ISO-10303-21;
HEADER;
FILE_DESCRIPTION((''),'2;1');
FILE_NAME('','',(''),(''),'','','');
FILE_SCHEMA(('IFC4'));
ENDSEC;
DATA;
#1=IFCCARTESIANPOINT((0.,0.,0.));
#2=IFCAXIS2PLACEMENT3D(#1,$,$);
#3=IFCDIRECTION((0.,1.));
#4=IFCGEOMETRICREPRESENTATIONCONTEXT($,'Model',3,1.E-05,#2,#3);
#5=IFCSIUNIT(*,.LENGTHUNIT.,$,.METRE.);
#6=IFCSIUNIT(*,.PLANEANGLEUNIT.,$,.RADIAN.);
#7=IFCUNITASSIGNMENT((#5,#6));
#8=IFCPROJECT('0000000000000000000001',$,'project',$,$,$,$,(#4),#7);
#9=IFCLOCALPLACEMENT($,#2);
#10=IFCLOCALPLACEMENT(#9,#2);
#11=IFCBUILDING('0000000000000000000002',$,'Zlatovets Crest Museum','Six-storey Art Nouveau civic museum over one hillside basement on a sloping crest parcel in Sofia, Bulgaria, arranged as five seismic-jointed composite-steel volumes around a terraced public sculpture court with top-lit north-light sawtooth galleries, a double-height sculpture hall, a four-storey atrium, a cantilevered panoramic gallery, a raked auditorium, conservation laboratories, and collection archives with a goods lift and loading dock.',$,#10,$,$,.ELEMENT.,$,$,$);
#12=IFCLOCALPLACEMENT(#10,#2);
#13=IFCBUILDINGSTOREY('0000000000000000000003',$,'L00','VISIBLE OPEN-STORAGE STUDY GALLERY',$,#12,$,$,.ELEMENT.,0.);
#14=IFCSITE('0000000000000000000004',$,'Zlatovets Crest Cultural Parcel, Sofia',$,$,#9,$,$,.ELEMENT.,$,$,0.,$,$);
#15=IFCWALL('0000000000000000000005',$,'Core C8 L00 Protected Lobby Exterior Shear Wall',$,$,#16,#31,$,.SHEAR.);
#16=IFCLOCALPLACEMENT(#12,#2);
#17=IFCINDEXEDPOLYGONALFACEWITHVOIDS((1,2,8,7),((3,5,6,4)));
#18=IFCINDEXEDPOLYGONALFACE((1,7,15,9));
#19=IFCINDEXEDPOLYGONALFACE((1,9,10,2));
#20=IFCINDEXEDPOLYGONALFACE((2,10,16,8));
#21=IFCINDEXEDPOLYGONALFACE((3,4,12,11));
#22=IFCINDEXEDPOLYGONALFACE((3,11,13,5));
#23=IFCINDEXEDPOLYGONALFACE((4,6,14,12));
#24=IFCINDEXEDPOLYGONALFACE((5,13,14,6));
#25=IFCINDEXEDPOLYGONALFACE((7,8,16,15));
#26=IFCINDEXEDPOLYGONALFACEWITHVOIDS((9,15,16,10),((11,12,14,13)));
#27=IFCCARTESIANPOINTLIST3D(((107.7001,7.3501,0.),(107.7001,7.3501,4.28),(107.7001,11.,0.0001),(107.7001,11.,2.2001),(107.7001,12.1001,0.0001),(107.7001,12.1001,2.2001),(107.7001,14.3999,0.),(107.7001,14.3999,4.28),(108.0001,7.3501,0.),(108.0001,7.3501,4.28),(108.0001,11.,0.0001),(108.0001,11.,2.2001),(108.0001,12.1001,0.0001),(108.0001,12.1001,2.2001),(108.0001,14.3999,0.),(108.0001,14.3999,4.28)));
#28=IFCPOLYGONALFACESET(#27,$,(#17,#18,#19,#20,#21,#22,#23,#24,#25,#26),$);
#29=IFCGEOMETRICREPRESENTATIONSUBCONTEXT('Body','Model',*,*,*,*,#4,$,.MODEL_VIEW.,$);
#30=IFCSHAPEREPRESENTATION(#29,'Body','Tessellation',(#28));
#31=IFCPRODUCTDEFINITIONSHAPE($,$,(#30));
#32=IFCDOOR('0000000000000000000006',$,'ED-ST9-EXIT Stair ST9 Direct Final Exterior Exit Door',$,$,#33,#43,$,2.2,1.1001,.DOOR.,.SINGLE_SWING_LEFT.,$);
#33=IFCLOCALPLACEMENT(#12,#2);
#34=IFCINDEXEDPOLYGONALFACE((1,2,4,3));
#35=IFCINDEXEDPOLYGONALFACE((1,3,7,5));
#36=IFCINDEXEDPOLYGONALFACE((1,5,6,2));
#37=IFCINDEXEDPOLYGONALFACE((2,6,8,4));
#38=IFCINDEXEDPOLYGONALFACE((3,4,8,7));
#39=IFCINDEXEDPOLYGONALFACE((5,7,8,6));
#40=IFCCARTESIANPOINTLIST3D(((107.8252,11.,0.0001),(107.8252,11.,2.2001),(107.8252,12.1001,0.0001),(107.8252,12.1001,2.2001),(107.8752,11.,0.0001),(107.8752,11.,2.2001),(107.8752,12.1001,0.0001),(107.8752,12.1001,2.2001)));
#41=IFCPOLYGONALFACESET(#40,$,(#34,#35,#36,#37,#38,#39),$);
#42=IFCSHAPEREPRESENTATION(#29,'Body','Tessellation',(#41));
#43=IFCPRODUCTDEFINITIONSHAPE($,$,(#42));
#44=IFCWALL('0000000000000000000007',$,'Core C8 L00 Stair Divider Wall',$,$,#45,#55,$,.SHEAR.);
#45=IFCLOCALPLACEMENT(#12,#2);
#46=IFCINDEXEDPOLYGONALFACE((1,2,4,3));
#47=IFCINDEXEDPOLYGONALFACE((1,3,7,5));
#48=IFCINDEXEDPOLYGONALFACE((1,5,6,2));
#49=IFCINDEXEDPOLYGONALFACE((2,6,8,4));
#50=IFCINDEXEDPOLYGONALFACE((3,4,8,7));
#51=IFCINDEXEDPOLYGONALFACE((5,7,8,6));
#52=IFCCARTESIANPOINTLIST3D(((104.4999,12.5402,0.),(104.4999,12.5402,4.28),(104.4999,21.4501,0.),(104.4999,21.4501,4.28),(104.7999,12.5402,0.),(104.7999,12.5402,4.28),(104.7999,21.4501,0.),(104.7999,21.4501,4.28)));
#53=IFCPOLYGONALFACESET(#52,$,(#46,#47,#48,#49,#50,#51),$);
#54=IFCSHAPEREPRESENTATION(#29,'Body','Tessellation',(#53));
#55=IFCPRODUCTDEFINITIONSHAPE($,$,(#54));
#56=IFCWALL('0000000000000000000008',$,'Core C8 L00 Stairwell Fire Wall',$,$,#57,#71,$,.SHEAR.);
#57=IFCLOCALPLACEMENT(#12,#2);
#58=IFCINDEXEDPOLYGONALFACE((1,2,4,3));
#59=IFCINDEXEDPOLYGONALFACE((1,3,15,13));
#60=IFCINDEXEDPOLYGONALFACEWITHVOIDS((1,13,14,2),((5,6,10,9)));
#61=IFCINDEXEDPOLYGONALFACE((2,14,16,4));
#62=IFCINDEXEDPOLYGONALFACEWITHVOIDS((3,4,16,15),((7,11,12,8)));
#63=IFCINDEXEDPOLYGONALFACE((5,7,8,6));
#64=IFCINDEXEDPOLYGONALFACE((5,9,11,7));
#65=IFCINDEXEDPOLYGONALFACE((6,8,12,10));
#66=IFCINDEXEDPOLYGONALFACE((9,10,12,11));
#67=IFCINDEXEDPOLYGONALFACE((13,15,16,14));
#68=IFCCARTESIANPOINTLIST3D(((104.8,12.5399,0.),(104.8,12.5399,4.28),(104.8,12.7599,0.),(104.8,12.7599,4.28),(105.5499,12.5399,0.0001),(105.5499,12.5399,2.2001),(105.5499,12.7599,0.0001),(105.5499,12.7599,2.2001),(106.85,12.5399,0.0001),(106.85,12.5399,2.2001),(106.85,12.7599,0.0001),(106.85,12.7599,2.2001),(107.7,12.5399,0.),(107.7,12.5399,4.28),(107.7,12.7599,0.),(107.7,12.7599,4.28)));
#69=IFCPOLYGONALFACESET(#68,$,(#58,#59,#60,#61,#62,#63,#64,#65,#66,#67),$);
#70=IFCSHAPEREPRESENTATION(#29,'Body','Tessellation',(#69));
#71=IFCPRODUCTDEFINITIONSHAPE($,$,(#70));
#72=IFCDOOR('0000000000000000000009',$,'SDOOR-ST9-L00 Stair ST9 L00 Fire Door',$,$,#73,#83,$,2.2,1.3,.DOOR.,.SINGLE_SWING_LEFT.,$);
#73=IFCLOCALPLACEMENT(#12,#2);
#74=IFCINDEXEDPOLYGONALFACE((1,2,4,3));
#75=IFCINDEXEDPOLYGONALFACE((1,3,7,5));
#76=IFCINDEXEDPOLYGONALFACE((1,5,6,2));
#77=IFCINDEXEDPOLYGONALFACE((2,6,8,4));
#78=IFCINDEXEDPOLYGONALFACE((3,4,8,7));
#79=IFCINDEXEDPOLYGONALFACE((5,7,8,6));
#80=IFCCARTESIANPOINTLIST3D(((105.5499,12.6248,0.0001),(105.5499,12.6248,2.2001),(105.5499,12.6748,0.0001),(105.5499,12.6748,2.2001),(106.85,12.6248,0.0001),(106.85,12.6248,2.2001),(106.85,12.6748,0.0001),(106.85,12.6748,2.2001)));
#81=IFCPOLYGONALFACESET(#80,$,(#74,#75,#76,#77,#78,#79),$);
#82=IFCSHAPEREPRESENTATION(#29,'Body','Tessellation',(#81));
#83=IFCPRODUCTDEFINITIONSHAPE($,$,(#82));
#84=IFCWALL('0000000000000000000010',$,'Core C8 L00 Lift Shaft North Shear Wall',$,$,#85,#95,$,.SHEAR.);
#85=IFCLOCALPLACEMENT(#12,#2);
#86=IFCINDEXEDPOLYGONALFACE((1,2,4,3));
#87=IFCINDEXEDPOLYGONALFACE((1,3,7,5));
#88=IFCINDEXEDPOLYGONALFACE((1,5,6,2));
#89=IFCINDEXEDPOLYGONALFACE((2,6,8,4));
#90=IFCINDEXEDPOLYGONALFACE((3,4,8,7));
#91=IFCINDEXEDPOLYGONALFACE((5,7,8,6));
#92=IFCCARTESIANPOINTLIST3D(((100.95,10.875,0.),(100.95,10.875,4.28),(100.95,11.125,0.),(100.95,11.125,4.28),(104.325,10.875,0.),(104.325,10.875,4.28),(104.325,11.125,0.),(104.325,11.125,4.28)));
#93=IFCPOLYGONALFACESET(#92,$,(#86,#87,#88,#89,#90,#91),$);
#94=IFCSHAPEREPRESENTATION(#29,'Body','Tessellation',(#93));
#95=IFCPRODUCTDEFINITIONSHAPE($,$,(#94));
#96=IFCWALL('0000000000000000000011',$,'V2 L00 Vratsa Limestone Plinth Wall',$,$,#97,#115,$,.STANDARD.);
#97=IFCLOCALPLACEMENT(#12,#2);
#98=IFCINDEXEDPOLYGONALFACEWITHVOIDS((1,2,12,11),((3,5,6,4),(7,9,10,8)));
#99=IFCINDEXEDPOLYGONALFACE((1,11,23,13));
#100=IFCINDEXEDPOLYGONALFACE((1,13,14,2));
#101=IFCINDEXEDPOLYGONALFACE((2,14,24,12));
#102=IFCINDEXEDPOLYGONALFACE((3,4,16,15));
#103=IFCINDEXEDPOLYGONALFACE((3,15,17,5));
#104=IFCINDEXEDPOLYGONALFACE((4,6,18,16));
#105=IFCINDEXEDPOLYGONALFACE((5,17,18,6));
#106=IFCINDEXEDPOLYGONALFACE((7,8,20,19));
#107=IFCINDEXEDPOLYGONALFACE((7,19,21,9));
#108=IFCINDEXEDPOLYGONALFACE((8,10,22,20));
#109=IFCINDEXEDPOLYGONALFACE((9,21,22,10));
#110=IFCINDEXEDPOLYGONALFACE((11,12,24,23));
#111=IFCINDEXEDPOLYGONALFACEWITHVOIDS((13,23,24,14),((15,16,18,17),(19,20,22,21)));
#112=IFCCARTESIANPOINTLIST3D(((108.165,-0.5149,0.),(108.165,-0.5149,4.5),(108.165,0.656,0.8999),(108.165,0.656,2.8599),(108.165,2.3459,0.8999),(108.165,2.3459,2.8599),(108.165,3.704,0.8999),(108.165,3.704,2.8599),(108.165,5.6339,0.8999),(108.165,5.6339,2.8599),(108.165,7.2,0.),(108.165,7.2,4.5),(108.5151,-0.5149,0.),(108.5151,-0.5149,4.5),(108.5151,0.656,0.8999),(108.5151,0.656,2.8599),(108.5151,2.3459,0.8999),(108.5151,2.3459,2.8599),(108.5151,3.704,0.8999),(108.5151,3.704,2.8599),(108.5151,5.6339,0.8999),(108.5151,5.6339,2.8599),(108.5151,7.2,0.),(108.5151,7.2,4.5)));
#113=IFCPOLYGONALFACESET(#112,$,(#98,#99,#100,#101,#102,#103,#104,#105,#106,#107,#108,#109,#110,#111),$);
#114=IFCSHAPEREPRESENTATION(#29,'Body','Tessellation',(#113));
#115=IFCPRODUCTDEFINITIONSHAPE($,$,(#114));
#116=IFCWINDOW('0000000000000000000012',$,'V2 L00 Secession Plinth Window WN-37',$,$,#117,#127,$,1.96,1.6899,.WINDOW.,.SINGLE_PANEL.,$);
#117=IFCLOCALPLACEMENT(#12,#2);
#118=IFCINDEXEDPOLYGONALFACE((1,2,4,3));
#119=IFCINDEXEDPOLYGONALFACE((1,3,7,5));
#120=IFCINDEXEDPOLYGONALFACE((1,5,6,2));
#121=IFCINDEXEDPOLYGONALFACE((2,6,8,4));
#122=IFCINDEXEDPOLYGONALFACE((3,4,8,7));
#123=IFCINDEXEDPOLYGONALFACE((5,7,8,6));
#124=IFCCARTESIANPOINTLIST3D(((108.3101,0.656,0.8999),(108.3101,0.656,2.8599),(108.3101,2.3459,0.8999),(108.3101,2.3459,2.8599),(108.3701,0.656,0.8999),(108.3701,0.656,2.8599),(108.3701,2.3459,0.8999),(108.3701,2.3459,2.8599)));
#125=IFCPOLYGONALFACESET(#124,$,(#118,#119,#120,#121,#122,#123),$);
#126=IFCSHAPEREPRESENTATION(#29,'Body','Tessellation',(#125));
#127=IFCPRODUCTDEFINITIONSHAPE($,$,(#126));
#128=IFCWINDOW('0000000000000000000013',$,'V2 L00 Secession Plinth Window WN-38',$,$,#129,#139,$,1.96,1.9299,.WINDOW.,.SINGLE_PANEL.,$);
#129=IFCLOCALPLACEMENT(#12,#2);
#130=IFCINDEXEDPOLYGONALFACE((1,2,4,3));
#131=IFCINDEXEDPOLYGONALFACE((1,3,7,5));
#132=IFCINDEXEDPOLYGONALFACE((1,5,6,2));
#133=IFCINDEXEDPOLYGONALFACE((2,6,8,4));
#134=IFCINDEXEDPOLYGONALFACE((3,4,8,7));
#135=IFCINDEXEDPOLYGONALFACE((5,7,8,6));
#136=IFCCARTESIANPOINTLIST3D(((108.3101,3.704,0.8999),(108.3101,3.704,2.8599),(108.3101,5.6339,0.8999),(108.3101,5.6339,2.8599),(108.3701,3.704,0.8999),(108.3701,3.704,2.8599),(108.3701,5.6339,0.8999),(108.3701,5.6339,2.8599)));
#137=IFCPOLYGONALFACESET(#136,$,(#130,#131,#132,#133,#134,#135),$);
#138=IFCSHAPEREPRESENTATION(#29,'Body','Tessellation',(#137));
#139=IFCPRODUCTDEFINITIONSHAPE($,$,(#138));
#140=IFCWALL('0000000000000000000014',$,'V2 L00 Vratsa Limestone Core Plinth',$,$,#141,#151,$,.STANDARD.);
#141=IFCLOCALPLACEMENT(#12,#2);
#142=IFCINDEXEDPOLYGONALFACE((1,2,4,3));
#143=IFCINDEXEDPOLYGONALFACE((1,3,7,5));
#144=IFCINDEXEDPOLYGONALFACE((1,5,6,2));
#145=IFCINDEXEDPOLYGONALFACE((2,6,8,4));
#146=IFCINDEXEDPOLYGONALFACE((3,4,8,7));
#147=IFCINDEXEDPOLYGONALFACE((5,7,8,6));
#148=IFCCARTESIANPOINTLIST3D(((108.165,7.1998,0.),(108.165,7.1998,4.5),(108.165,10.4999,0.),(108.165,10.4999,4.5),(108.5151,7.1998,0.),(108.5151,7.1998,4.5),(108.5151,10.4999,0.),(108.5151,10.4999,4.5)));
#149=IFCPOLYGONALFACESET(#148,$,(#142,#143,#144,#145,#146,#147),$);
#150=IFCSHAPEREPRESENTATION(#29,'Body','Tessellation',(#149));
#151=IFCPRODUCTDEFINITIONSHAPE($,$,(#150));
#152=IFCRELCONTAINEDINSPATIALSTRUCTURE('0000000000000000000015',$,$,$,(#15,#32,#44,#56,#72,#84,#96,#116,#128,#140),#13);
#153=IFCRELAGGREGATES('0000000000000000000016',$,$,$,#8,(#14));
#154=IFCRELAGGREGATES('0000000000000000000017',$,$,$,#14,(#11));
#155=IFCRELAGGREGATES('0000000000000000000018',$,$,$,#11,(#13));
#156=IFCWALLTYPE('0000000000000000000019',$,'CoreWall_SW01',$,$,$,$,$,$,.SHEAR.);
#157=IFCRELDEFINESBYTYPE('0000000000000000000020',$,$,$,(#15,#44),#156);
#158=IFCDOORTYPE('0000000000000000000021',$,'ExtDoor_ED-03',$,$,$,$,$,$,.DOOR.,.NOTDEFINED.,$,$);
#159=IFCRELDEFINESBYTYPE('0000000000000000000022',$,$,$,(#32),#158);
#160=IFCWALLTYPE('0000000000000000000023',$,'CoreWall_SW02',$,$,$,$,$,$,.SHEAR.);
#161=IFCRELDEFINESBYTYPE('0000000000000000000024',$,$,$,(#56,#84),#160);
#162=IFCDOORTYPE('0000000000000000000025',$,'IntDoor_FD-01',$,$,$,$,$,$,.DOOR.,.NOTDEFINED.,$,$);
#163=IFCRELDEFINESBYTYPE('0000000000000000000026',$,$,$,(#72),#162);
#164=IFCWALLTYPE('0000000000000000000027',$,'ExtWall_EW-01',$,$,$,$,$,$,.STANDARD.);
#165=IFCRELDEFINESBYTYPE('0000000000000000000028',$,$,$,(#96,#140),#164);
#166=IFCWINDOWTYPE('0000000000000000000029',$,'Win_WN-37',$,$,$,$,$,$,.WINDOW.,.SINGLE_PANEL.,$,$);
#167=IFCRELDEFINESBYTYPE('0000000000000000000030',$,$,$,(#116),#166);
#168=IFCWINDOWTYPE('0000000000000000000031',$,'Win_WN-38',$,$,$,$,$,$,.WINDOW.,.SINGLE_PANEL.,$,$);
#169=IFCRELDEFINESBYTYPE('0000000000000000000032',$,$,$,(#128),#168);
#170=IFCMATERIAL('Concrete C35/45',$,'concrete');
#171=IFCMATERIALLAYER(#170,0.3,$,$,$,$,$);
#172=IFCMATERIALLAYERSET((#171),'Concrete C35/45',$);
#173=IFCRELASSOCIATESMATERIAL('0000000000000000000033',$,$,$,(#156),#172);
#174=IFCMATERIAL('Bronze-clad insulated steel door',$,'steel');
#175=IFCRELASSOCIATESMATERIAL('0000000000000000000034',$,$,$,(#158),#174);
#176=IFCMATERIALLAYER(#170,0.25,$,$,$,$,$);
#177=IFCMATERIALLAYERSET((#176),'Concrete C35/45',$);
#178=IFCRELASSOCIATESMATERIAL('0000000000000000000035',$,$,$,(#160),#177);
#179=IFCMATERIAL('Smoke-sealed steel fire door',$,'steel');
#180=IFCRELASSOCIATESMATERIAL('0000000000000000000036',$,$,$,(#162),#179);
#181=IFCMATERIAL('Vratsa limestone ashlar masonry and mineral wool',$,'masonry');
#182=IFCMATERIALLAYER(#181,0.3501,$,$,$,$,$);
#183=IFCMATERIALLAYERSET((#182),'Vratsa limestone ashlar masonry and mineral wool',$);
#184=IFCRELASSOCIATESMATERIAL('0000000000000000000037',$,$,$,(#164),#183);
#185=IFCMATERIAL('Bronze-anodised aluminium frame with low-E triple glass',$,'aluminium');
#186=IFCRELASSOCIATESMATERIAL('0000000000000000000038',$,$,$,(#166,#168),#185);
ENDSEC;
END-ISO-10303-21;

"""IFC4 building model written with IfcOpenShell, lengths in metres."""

from ifc_helpers import new_model, si_unit, direction, frame, frame_2d, origin, place, context, subcontext, project, spatial, rectangle, extrude, material, layer, layer_set, type_object, element, fill, save


model = new_model("IFC4")

# Units and contexts
model_context = context("Model", 3, precision=1e-05, world=origin(), true_north=direction((0.0, 1.0)))
body_context = subcontext(model_context, "Body", "Model", "MODEL_VIEW")
ifc_project = project(units=[si_unit("LENGTHUNIT", "METRE"), si_unit("PLANEANGLEUNIT", "RADIAN")], contexts=[model_context])

# Site, building, storey
site_placement = place(None, origin())
site = spatial("IfcSite", under=ifc_project, at=site_placement, Name="Zlatovets Crest Cultural Parcel, Sofia", CompositionType="ELEMENT", RefElevation=0.0)
building_placement = place(site_placement, origin())
building = spatial("IfcBuilding", under=site, at=building_placement, Name="Zlatovets Crest Museum", Description="Six-storey Art Nouveau civic museum over one hillside basement on a sloping crest parcel in Sofia, Bulgaria, arranged as five seismic-jointed composite-steel volumes around a terraced public sculpture court with top-lit north-light sawtooth galleries, a double-height sculpture hall, a four-storey atrium, a cantilevered panoramic gallery, a raked auditorium, conservation laboratories, and collection archives with a goods lift and loading dock.", CompositionType="ELEMENT")
storey_placement = place(building_placement, origin())
storey = spatial("IfcBuildingStorey", under=building, at=storey_placement, Name="L00", Description="VISIBLE OPEN-STORAGE STUDY GALLERY", CompositionType="ELEMENT", Elevation=0.0)

# Wall, opening, door
ifc_material_1 = material(Name="Concrete C35/45", Category="concrete")
ifc_layer_1 = layer(ifc_material_1, 0.3)
ifc_layer_set_1 = layer_set([ifc_layer_1], Name="Concrete C35/45")
wall_type_1 = type_object("IfcWallType", Name="CoreWall_SW01", PredefinedType="SHEAR", material=ifc_layer_set_1)
wall_1_placement = place(storey_placement, frame((107.8501, 7.3501, 0.0), z_axis=(0.0, 0.0, 1.0), x_axis=(0.0, 1.0, 0.0)))
wall_1 = element("IfcWall", 1, at=wall_1_placement, inside=storey, type_object=wall_type_1, Name="Core C8 L00 Protected Lobby Exterior Shear Wall", PredefinedType="SHEAR", context=body_context, shape_type="SweptSolid", body=[
    extrude(rectangle(XDim=7.0498, YDim=0.3, at=frame_2d((3.5249, 0.0))), origin(), (0.0, 0.0, 1.0), 4.28),
])
opening_1_placement = place(wall_1_placement, frame((3.6499, 0.0, 0.0)))
opening_1 = element("IfcOpeningElement", 2, at=opening_1_placement, cuts=wall_1, PredefinedType="OPENING", context=body_context, shape_type="SweptSolid", body=[
    extrude(rectangle(XDim=1.1001, YDim=2.2, at=frame_2d((0.55, 1.1001))), frame((0.0, 0.1602, 0.0), z_axis=(0.0, -1.0, 0.0), x_axis=(1.0, 0.0, 0.0)), (0.0, 0.0, 1.0), 0.3201),
])
ifc_material_2 = material(Name="Bronze-clad insulated steel door", Category="steel")
door_type_1 = type_object("IfcDoorType", Name="ExtDoor_ED-03", OperationType="NOTDEFINED", PredefinedType="DOOR", material=ifc_material_2)
door_1_placement = place(opening_1_placement, origin())
door_1 = element("IfcDoor", 3, at=door_1_placement, inside=storey, type_object=door_type_1, Name="ED-ST9-EXIT Stair ST9 Direct Final Exterior Exit Door", OperationType="SINGLE_SWING_LEFT", OverallHeight=2.2, OverallWidth=1.1001, PredefinedType="DOOR", context=body_context, shape_type="SweptSolid", body=[
    extrude(rectangle(XDim=1.1001, YDim=2.2, at=frame_2d((0.55, 1.1001))), frame((0.0, 0.0249, 0.0), z_axis=(0.0, -1.0, 0.0), x_axis=(1.0, 0.0, 0.0)), (0.0, 0.0, 1.0), 0.05),
])
fill(opening_1, door_1)

# Wall
wall_2_placement = place(storey_placement, frame((104.6499, 12.54, 0.0), z_axis=(0.0, 0.0, 1.0), x_axis=(0.0, 1.0, 0.0)))
element("IfcWall", 4, at=wall_2_placement, inside=storey, type_object=wall_type_1, Name="Core C8 L00 Stair Divider Wall", PredefinedType="SHEAR", context=body_context, shape_type="SweptSolid", body=[
    extrude(rectangle(XDim=8.9099, YDim=0.3, at=frame_2d((4.4551, 0.0))), origin(), (0.0, 0.0, 1.0), 4.28),
])

# Wall, opening, door
ifc_layer_2 = layer(ifc_material_1, 0.25)
ifc_layer_set_2 = layer_set([ifc_layer_2], Name="Concrete C35/45")
wall_type_2 = type_object("IfcWallType", Name="CoreWall_SW02", PredefinedType="SHEAR", material=ifc_layer_set_2)
wall_3_placement = place(storey_placement, frame((104.8, 12.6499, 0.0), z_axis=(0.0, 0.0, 1.0), x_axis=(1.0, 0.0, 0.0)))
wall_3 = element("IfcWall", 5, at=wall_3_placement, inside=storey, type_object=wall_type_2, Name="Core C8 L00 Stairwell Fire Wall", PredefinedType="SHEAR", context=body_context, shape_type="SweptSolid", body=[
    extrude(rectangle(XDim=2.8999, YDim=0.22, at=frame_2d((1.45, 0.0))), origin(), (0.0, 0.0, 1.0), 4.28),
])
opening_2_placement = place(wall_3_placement, frame((0.75, 0.0, 0.0)))
opening_2 = element("IfcOpeningElement", 6, at=opening_2_placement, cuts=wall_3, PredefinedType="OPENING", context=body_context, shape_type="SweptSolid", body=[
    extrude(rectangle(XDim=1.3, YDim=2.2, at=frame_2d((0.6499, 1.1001))), frame((0.0, 0.1201, 0.0), z_axis=(0.0, -1.0, 0.0), x_axis=(1.0, 0.0, 0.0)), (0.0, 0.0, 1.0), 0.24),
])
ifc_material_3 = material(Name="Smoke-sealed steel fire door", Category="steel")
door_type_2 = type_object("IfcDoorType", Name="IntDoor_FD-01", OperationType="NOTDEFINED", PredefinedType="DOOR", material=ifc_material_3)
door_2_placement = place(opening_2_placement, origin())
door_2 = element("IfcDoor", 7, at=door_2_placement, inside=storey, type_object=door_type_2, Name="SDOOR-ST9-L00 Stair ST9 L00 Fire Door", OperationType="SINGLE_SWING_LEFT", OverallHeight=2.2, OverallWidth=1.3, PredefinedType="DOOR", context=body_context, shape_type="SweptSolid", body=[
    extrude(rectangle(XDim=1.3, YDim=2.2, at=frame_2d((0.6499, 1.1001))), frame((0.0, 0.0249, 0.0), z_axis=(0.0, -1.0, 0.0), x_axis=(1.0, 0.0, 0.0)), (0.0, 0.0, 1.0), 0.05),
])
fill(opening_2, door_2)

# Wall
wall_4_placement = place(storey_placement, frame((100.95, 11.0, 0.0), z_axis=(0.0, 0.0, 1.0), x_axis=(1.0, 0.0, 0.0)))
element("IfcWall", 8, at=wall_4_placement, inside=storey, type_object=wall_type_2, Name="Core C8 L00 Lift Shaft North Shear Wall", PredefinedType="SHEAR", context=body_context, shape_type="SweptSolid", body=[
    extrude(rectangle(XDim=3.375, YDim=0.25, at=frame_2d((1.6875, 0.0))), origin(), (0.0, 0.0, 1.0), 4.28),
])

# Wall, openings, windows
ifc_material_4 = material(Name="Vratsa limestone ashlar masonry and mineral wool", Category="masonry")
ifc_layer_3 = layer(ifc_material_4, 0.3501)
ifc_layer_set_3 = layer_set([ifc_layer_3], Name="Vratsa limestone ashlar masonry and mineral wool")
wall_type_3 = type_object("IfcWallType", Name="ExtWall_EW-01", PredefinedType="STANDARD", material=ifc_layer_set_3)
wall_5_placement = place(storey_placement, frame((108.3401, -0.5149, 0.0), z_axis=(0.0, 0.0, 1.0), x_axis=(0.0, 1.0, 0.0)))
wall_5 = element("IfcWall", 9, at=wall_5_placement, inside=storey, type_object=wall_type_3, Name="V2 L00 Vratsa Limestone Plinth Wall", PredefinedType="STANDARD", context=body_context, shape_type="SweptSolid", body=[
    extrude(rectangle(XDim=7.7148, YDim=0.3501, at=frame_2d((3.8574, 0.0))), origin(), (0.0, 0.0, 1.0), 4.5),
])
opening_3_placement = place(wall_5_placement, frame((1.1709, 0.0, 0.8999)))
opening_3 = element("IfcOpeningElement", 10, at=opening_3_placement, cuts=wall_5, PredefinedType="OPENING", context=body_context, shape_type="SweptSolid", body=[
    extrude(rectangle(XDim=1.6899, YDim=1.96, at=frame_2d((0.845, 0.98))), frame((0.0, 0.1851, 0.0), z_axis=(0.0, -1.0, 0.0), x_axis=(1.0, 0.0, 0.0)), (0.0, 0.0, 1.0), 0.3701),
])
opening_4_placement = place(wall_5_placement, frame((4.219, 0.0, 0.8999)))
opening_4 = element("IfcOpeningElement", 11, at=opening_4_placement, cuts=wall_5, PredefinedType="OPENING", context=body_context, shape_type="SweptSolid", body=[
    extrude(rectangle(XDim=1.9299, YDim=1.96, at=frame_2d((0.9648, 0.98))), frame((0.0, 0.1851, 0.0), z_axis=(0.0, -1.0, 0.0), x_axis=(1.0, 0.0, 0.0)), (0.0, 0.0, 1.0), 0.3701),
])
ifc_material_5 = material(Name="Bronze-anodised aluminium frame with low-E triple glass", Category="aluminium")
window_type_1 = type_object("IfcWindowType", Name="Win_WN-37", PartitioningType="SINGLE_PANEL", PredefinedType="WINDOW", material=ifc_material_5)
window_1_placement = place(opening_3_placement, origin())
window_1 = element("IfcWindow", 12, at=window_1_placement, inside=storey, type_object=window_type_1, Name="V2 L00 Secession Plinth Window WN-37", OverallHeight=1.96, OverallWidth=1.6899, PartitioningType="SINGLE_PANEL", PredefinedType="WINDOW", context=body_context, shape_type="SweptSolid", body=[
    extrude(rectangle(XDim=1.6899, YDim=1.96, at=frame_2d((0.845, 0.98))), frame((0.0, 0.03, 0.0), z_axis=(0.0, -1.0, 0.0), x_axis=(1.0, 0.0, 0.0)), (0.0, 0.0, 1.0), 0.0601),
])
fill(opening_3, window_1)
window_type_2 = type_object("IfcWindowType", Name="Win_WN-38", PartitioningType="SINGLE_PANEL", PredefinedType="WINDOW", material=ifc_material_5)
window_2_placement = place(opening_4_placement, origin())
window_2 = element("IfcWindow", 13, at=window_2_placement, inside=storey, type_object=window_type_2, Name="V2 L00 Secession Plinth Window WN-38", OverallHeight=1.96, OverallWidth=1.9299, PartitioningType="SINGLE_PANEL", PredefinedType="WINDOW", context=body_context, shape_type="SweptSolid", body=[
    extrude(rectangle(XDim=1.9299, YDim=1.96, at=frame_2d((0.9648, 0.98))), frame((0.0, 0.03, 0.0), z_axis=(0.0, -1.0, 0.0), x_axis=(1.0, 0.0, 0.0)), (0.0, 0.0, 1.0), 0.0601),
])
fill(opening_4, window_2)

# Wall
wall_6_placement = place(storey_placement, frame((108.3401, 7.2, 0.0), z_axis=(0.0, 0.0, 1.0), x_axis=(0.0, 1.0, 0.0)))
element("IfcWall", 14, at=wall_6_placement, inside=storey, type_object=wall_type_3, Name="V2 L00 Vratsa Limestone Core Plinth", PredefinedType="STANDARD", context=body_context, shape_type="SweptSolid", body=[
    extrude(rectangle(XDim=3.3, YDim=0.3501, at=frame_2d((1.6499, 0.0))), origin(), (0.0, 0.0, 1.0), 4.5),
])

save(model, "model.ifc")
